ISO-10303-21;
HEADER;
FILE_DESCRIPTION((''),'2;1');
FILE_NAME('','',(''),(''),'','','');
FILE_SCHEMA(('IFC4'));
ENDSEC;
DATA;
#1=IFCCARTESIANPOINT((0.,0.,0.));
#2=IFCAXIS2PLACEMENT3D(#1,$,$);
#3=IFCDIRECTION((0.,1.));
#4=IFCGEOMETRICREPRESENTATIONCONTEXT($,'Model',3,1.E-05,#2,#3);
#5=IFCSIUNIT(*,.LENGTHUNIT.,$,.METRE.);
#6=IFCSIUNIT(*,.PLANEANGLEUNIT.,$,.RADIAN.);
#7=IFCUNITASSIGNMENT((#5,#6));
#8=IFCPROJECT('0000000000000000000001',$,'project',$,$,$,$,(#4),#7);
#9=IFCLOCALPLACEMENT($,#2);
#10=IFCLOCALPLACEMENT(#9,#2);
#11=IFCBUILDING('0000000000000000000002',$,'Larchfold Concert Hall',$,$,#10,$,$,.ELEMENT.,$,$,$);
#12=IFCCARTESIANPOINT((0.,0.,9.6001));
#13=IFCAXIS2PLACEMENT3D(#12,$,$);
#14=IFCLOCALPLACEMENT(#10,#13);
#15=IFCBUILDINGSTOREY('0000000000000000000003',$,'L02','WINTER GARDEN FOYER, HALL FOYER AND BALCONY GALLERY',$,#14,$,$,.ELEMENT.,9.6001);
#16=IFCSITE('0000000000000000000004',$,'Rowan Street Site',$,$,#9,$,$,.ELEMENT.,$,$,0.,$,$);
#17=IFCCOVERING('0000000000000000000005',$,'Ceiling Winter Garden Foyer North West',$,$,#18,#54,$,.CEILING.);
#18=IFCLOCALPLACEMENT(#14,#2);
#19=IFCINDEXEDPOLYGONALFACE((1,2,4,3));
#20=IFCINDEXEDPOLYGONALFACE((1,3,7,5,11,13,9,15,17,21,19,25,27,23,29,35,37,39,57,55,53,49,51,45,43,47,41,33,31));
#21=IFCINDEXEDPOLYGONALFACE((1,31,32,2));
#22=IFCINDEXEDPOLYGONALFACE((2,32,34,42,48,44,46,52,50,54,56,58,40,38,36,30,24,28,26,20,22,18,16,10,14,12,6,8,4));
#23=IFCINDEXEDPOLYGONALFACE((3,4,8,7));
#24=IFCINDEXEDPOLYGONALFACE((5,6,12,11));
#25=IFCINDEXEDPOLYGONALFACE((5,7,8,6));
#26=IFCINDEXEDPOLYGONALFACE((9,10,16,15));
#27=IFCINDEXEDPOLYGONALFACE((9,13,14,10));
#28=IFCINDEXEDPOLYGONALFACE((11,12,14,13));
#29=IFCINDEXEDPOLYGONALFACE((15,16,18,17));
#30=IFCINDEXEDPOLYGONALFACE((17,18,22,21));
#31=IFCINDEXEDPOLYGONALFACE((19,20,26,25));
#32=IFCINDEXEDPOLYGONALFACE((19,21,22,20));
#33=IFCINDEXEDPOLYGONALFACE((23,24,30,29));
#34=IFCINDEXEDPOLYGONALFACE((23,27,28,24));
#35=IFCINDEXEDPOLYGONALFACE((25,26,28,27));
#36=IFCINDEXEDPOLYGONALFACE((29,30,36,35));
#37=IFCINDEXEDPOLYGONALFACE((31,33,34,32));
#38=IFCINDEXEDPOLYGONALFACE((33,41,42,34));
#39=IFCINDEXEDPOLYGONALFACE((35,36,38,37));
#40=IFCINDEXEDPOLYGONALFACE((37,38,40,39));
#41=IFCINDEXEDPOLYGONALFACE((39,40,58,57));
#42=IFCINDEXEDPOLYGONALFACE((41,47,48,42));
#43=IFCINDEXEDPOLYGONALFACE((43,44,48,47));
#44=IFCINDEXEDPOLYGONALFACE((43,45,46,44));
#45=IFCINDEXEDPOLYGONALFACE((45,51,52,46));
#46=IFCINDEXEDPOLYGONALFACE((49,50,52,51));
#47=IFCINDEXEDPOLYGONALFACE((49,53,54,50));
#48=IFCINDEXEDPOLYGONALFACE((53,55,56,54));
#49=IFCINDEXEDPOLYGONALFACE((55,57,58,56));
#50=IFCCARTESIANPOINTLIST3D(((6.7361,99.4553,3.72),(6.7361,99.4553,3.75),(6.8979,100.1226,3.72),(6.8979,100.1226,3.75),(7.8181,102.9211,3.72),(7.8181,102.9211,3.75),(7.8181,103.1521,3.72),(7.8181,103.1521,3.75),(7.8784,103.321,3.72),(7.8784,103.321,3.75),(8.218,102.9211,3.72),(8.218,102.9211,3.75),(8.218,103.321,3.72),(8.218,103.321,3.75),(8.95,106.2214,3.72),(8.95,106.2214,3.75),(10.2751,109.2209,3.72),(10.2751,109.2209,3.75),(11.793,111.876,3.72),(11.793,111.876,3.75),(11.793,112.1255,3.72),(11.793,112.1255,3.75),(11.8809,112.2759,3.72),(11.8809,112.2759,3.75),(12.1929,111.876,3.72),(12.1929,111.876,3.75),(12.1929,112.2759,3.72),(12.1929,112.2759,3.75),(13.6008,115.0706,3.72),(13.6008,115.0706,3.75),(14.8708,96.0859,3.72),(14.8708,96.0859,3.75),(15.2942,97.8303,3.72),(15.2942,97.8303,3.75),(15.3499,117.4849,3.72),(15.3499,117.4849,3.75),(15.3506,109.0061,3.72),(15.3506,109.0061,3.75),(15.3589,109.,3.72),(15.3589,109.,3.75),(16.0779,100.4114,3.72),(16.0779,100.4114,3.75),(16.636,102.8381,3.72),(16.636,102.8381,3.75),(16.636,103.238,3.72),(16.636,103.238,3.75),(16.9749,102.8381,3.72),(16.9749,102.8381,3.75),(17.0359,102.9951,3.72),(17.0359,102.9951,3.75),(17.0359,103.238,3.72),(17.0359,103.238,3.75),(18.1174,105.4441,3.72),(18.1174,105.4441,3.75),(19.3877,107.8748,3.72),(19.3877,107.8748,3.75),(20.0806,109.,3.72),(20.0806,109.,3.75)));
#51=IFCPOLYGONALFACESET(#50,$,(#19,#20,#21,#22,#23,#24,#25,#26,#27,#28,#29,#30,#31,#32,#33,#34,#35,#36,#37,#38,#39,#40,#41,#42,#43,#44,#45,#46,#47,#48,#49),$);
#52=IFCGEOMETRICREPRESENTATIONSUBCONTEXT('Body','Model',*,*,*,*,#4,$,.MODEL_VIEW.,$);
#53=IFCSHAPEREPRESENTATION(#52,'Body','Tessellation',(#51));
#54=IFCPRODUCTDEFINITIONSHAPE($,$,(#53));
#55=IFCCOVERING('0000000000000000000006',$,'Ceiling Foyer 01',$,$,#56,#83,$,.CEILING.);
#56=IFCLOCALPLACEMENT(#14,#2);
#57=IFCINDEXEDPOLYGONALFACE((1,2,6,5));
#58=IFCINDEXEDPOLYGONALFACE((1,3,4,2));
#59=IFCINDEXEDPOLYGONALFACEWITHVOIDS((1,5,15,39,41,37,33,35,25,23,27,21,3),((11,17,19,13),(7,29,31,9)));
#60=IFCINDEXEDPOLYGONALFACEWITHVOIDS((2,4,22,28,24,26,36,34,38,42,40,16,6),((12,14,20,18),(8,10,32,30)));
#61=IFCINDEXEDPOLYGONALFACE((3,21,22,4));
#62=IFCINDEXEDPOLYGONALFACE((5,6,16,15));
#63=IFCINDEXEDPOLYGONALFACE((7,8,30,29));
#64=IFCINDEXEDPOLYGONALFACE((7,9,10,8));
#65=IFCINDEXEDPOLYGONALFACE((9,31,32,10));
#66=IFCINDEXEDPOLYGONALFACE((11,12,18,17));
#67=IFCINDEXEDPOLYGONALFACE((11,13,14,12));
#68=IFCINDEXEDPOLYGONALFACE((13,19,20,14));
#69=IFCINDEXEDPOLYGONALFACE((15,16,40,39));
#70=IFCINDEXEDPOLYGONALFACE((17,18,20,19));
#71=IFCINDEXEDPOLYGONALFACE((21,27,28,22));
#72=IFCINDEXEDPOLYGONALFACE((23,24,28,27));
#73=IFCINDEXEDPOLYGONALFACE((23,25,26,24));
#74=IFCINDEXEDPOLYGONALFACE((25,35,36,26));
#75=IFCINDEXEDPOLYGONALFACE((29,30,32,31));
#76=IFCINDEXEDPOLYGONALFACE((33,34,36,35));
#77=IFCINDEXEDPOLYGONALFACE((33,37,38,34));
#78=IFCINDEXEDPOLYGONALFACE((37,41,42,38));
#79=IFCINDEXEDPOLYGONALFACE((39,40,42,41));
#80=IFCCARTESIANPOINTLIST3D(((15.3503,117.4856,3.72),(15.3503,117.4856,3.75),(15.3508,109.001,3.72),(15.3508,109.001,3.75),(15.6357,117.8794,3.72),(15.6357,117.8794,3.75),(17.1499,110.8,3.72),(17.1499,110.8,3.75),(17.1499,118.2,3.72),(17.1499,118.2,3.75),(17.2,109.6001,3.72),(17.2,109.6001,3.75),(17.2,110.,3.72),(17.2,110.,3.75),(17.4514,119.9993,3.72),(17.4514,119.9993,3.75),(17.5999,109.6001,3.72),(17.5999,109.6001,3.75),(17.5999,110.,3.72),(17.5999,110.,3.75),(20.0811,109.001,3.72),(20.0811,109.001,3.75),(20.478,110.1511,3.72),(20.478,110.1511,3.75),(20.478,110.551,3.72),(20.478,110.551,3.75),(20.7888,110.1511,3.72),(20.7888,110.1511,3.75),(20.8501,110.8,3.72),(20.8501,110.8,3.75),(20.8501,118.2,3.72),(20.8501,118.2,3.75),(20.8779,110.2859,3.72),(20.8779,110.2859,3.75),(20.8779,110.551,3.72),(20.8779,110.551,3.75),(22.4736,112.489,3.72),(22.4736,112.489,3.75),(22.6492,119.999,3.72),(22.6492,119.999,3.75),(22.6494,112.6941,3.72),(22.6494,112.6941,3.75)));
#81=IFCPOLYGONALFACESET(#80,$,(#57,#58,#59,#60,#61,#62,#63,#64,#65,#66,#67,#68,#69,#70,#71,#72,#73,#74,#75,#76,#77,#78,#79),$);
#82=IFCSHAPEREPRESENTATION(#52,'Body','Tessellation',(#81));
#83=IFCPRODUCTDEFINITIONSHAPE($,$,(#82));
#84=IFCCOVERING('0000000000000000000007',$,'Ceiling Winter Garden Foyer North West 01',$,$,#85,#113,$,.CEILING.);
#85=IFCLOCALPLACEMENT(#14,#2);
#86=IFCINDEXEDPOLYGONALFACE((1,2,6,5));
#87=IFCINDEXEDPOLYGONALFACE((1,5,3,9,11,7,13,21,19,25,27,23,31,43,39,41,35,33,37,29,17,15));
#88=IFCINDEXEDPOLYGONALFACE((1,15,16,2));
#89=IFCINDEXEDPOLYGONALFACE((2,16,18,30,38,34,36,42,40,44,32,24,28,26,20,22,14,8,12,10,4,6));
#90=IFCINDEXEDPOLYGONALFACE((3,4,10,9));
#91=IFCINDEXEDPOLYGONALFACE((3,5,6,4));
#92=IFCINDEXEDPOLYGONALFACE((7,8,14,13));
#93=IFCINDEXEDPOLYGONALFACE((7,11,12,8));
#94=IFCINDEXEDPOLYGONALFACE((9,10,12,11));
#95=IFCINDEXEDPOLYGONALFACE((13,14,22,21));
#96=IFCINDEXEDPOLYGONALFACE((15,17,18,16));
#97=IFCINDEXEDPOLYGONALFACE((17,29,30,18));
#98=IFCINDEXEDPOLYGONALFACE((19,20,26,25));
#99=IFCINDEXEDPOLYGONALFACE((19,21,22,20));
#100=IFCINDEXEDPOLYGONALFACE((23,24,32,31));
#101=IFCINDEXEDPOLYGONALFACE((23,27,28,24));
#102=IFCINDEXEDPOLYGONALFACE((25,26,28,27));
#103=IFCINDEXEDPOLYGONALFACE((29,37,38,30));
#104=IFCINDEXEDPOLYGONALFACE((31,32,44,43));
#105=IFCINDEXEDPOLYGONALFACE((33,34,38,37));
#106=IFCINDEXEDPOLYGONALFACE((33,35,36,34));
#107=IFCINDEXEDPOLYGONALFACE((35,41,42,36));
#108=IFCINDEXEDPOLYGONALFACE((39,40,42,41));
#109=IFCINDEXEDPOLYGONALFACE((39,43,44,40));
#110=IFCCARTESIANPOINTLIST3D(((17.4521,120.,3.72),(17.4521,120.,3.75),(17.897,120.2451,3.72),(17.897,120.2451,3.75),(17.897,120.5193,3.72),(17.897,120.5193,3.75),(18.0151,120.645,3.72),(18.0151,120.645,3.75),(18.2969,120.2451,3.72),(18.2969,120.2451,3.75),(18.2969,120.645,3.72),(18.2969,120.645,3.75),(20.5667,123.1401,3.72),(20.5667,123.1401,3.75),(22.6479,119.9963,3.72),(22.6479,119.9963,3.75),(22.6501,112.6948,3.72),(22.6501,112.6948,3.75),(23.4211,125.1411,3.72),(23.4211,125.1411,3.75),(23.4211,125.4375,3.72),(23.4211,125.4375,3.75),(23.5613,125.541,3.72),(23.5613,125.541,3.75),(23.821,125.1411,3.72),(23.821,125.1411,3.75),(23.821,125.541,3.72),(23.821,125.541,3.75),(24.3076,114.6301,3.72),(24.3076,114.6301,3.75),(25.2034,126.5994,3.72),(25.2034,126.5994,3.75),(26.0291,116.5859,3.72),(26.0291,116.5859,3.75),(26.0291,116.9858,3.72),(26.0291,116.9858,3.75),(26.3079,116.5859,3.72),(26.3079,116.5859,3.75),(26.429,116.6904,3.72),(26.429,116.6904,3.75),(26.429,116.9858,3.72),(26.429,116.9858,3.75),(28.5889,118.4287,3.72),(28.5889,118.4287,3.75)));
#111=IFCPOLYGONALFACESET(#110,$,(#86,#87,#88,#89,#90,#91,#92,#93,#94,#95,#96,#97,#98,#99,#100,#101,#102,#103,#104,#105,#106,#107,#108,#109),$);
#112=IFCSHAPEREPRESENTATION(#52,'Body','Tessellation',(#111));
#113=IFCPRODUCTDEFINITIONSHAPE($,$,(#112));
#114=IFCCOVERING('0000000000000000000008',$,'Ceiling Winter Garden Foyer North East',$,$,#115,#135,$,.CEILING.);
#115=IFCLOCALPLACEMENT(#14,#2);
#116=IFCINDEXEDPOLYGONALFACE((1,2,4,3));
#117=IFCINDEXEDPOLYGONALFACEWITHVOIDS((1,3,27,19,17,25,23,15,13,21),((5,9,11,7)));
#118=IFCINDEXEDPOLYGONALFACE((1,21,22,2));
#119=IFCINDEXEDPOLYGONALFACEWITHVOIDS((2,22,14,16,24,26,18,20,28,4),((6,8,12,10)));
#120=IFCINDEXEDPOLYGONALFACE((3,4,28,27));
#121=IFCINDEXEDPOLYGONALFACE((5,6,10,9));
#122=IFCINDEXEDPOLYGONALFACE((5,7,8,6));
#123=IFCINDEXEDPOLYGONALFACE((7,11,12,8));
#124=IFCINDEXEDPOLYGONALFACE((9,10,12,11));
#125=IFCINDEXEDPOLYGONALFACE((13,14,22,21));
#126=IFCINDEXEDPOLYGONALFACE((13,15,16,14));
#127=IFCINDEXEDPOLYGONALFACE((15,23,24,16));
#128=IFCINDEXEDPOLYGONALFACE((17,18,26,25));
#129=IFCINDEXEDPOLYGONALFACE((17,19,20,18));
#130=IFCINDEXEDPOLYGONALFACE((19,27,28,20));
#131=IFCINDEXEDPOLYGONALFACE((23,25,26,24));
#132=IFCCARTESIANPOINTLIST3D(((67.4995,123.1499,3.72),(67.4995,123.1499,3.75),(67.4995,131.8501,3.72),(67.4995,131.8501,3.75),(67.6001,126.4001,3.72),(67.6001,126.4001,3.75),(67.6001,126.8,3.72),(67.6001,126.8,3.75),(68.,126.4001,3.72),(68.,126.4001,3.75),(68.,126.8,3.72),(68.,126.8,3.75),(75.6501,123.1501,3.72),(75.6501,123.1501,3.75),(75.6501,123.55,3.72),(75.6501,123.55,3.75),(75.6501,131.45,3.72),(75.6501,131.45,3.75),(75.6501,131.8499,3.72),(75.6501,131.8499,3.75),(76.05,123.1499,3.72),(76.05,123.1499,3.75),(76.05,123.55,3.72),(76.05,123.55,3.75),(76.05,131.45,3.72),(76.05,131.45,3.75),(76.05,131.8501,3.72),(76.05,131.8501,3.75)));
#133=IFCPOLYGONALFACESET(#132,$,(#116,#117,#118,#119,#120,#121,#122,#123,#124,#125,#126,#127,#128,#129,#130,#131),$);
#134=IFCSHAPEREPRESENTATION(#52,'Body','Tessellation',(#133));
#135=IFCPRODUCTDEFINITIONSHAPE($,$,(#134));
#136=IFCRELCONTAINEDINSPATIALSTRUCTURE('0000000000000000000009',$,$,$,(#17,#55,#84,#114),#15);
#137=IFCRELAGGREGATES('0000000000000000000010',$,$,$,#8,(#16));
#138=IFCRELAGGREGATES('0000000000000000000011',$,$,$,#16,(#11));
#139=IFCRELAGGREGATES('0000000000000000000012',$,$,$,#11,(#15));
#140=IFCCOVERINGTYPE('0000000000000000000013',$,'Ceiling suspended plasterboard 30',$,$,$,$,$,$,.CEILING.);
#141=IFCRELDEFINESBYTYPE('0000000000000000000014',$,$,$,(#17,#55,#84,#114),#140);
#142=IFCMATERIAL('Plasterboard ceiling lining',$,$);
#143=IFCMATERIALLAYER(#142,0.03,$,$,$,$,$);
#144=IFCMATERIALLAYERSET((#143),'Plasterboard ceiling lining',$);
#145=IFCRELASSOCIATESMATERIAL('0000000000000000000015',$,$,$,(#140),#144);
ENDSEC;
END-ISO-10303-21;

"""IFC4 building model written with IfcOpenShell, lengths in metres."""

from ifc_helpers import new_model, si_unit, direction, frame, origin, place, context, subcontext, project, spatial, polyline, outline, extrude, material, layer, layer_set, type_object, element, save


model = new_model("IFC4")

# Units and contexts
model_context = context("Model", 3, precision=1e-05, world=origin(), true_north=direction((0.0, 1.0)))
body_context = subcontext(model_context, "Body", "Model", "MODEL_VIEW")
ifc_project = project(units=[si_unit("LENGTHUNIT", "METRE"), si_unit("PLANEANGLEUNIT", "RADIAN")], contexts=[model_context])

# Site, building, storey
site_placement = place(None, origin())
site = spatial("IfcSite", under=ifc_project, at=site_placement, Name="Rowan Street Site", CompositionType="ELEMENT", RefElevation=0.0)
building_placement = place(site_placement, origin())
building = spatial("IfcBuilding", under=site, at=building_placement, Name="Larchfold Concert Hall", CompositionType="ELEMENT")
storey_placement = place(building_placement, frame((0.0, 0.0, 9.6001)))
storey = spatial("IfcBuildingStorey", under=building, at=storey_placement, Name="L02", Description="WINTER GARDEN FOYER, HALL FOYER AND BALCONY GALLERY", CompositionType="ELEMENT", Elevation=9.6001)

# Coverings
ifc_material_1 = material(Name="Plasterboard ceiling lining")
ifc_layer_1 = layer(ifc_material_1, 0.03)
ifc_layer_set_1 = layer_set([ifc_layer_1], Name="Plasterboard ceiling lining")
covering_type_1 = type_object("IfcCoveringType", Name="Ceiling suspended plasterboard 30", PredefinedType="CEILING", material=ifc_layer_set_1)
covering_1_placement = place(storey_placement, frame((0.0, 0.0, 3.72)))
element("IfcCovering", 1, at=covering_1_placement, inside=storey, type_object=covering_type_1, Name="Ceiling Winter Garden Foyer North West", PredefinedType="CEILING", context=body_context, shape_type="SweptSolid", body=[
    extrude(outline(polyline([(6.8979, 100.1226), (6.7361, 99.4553), (14.8708, 96.0859), (15.2942, 97.8303), (16.0779, 100.4114), (16.9749, 102.8381), (16.636, 102.8381), (16.636, 103.238), (17.0359, 103.238), (17.0359, 102.9951), (18.1174, 105.4441), (19.3877, 107.8748), (20.0806, 109.0), (15.3589, 109.0), (15.3506, 109.0061), (15.3499, 117.4849), (13.6008, 115.0706), (11.8809, 112.2759), (12.1929, 112.2759), (12.1929, 111.876), (11.793, 111.876), (11.793, 112.1255), (10.2751, 109.2209), (8.95, 106.2214), (7.8784, 103.321), (8.218, 103.321), (8.218, 102.9211), (7.8181, 102.9211), (7.8181, 103.1521), (6.8979, 100.1226)])), origin(), (0.0, 0.0, 1.0), 0.03),
])
covering_2_placement = place(storey_placement, frame((0.0, 0.0, 3.72)))
element("IfcCovering", 2, at=covering_2_placement, inside=storey, type_object=covering_type_1, Name="Ceiling Foyer 01", PredefinedType="CEILING", context=body_context, shape_type="SweptSolid", body=[
    extrude(outline(polyline([(20.0811, 109.001), (20.7888, 110.1511), (20.478, 110.1511), (20.478, 110.551), (20.8779, 110.551), (20.8779, 110.2859), (22.4736, 112.489), (22.6494, 112.6941), (22.6492, 119.999), (17.4514, 119.9993), (15.6357, 117.8794), (15.3503, 117.4856), (15.3508, 109.001), (20.0811, 109.001)]), holes=[polyline([(17.1499, 110.8), (17.1499, 118.2), (20.8501, 118.2), (20.8501, 110.8), (17.1499, 110.8)]), polyline([(17.5999, 109.6001), (17.2, 109.6001), (17.2, 110.0), (17.5999, 110.0), (17.5999, 109.6001)])]), origin(), (0.0, 0.0, 1.0), 0.03),
])
covering_3_placement = place(storey_placement, frame((0.0, 0.0, 3.72)))
element("IfcCovering", 3, at=covering_3_placement, inside=storey, type_object=covering_type_1, Name="Ceiling Winter Garden Foyer North West 01", PredefinedType="CEILING", context=body_context, shape_type="SweptSolid", body=[
    extrude(outline(polyline([(17.897, 120.5193), (17.4521, 120.0), (22.6479, 119.9963), (22.6501, 112.6948), (24.3076, 114.6301), (26.3079, 116.5859), (26.0291, 116.5859), (26.0291, 116.9858), (26.429, 116.9858), (26.429, 116.6904), (28.5889, 118.4287), (25.2034, 126.5994), (23.5613, 125.541), (23.821, 125.541), (23.821, 125.1411), (23.4211, 125.1411), (23.4211, 125.4375), (20.5667, 123.1401), (18.0151, 120.645), (18.2969, 120.645), (18.2969, 120.2451), (17.897, 120.2451), (17.897, 120.5193)])), origin(), (0.0, 0.0, 1.0), 0.03),
])
covering_4_placement = place(storey_placement, frame((0.0, 0.0, 3.72)))
element("IfcCovering", 4, at=covering_4_placement, inside=storey, type_object=covering_type_1, Name="Ceiling Winter Garden Foyer North East", PredefinedType="CEILING", context=body_context, shape_type="SweptSolid", body=[
    extrude(outline(polyline([(67.4995, 131.8501), (67.4995, 123.1499), (76.05, 123.1499), (75.6501, 123.1501), (75.6501, 123.55), (76.05, 123.55), (76.05, 131.45), (75.6501, 131.45), (75.6501, 131.8499), (76.05, 131.8501), (67.4995, 131.8501)]), holes=[polyline([(67.6001, 126.4001), (67.6001, 126.8), (68.0, 126.8), (68.0, 126.4001), (67.6001, 126.4001)])]), origin(), (0.0, 0.0, 1.0), 0.03),
])

save(model, "model.ifc")
